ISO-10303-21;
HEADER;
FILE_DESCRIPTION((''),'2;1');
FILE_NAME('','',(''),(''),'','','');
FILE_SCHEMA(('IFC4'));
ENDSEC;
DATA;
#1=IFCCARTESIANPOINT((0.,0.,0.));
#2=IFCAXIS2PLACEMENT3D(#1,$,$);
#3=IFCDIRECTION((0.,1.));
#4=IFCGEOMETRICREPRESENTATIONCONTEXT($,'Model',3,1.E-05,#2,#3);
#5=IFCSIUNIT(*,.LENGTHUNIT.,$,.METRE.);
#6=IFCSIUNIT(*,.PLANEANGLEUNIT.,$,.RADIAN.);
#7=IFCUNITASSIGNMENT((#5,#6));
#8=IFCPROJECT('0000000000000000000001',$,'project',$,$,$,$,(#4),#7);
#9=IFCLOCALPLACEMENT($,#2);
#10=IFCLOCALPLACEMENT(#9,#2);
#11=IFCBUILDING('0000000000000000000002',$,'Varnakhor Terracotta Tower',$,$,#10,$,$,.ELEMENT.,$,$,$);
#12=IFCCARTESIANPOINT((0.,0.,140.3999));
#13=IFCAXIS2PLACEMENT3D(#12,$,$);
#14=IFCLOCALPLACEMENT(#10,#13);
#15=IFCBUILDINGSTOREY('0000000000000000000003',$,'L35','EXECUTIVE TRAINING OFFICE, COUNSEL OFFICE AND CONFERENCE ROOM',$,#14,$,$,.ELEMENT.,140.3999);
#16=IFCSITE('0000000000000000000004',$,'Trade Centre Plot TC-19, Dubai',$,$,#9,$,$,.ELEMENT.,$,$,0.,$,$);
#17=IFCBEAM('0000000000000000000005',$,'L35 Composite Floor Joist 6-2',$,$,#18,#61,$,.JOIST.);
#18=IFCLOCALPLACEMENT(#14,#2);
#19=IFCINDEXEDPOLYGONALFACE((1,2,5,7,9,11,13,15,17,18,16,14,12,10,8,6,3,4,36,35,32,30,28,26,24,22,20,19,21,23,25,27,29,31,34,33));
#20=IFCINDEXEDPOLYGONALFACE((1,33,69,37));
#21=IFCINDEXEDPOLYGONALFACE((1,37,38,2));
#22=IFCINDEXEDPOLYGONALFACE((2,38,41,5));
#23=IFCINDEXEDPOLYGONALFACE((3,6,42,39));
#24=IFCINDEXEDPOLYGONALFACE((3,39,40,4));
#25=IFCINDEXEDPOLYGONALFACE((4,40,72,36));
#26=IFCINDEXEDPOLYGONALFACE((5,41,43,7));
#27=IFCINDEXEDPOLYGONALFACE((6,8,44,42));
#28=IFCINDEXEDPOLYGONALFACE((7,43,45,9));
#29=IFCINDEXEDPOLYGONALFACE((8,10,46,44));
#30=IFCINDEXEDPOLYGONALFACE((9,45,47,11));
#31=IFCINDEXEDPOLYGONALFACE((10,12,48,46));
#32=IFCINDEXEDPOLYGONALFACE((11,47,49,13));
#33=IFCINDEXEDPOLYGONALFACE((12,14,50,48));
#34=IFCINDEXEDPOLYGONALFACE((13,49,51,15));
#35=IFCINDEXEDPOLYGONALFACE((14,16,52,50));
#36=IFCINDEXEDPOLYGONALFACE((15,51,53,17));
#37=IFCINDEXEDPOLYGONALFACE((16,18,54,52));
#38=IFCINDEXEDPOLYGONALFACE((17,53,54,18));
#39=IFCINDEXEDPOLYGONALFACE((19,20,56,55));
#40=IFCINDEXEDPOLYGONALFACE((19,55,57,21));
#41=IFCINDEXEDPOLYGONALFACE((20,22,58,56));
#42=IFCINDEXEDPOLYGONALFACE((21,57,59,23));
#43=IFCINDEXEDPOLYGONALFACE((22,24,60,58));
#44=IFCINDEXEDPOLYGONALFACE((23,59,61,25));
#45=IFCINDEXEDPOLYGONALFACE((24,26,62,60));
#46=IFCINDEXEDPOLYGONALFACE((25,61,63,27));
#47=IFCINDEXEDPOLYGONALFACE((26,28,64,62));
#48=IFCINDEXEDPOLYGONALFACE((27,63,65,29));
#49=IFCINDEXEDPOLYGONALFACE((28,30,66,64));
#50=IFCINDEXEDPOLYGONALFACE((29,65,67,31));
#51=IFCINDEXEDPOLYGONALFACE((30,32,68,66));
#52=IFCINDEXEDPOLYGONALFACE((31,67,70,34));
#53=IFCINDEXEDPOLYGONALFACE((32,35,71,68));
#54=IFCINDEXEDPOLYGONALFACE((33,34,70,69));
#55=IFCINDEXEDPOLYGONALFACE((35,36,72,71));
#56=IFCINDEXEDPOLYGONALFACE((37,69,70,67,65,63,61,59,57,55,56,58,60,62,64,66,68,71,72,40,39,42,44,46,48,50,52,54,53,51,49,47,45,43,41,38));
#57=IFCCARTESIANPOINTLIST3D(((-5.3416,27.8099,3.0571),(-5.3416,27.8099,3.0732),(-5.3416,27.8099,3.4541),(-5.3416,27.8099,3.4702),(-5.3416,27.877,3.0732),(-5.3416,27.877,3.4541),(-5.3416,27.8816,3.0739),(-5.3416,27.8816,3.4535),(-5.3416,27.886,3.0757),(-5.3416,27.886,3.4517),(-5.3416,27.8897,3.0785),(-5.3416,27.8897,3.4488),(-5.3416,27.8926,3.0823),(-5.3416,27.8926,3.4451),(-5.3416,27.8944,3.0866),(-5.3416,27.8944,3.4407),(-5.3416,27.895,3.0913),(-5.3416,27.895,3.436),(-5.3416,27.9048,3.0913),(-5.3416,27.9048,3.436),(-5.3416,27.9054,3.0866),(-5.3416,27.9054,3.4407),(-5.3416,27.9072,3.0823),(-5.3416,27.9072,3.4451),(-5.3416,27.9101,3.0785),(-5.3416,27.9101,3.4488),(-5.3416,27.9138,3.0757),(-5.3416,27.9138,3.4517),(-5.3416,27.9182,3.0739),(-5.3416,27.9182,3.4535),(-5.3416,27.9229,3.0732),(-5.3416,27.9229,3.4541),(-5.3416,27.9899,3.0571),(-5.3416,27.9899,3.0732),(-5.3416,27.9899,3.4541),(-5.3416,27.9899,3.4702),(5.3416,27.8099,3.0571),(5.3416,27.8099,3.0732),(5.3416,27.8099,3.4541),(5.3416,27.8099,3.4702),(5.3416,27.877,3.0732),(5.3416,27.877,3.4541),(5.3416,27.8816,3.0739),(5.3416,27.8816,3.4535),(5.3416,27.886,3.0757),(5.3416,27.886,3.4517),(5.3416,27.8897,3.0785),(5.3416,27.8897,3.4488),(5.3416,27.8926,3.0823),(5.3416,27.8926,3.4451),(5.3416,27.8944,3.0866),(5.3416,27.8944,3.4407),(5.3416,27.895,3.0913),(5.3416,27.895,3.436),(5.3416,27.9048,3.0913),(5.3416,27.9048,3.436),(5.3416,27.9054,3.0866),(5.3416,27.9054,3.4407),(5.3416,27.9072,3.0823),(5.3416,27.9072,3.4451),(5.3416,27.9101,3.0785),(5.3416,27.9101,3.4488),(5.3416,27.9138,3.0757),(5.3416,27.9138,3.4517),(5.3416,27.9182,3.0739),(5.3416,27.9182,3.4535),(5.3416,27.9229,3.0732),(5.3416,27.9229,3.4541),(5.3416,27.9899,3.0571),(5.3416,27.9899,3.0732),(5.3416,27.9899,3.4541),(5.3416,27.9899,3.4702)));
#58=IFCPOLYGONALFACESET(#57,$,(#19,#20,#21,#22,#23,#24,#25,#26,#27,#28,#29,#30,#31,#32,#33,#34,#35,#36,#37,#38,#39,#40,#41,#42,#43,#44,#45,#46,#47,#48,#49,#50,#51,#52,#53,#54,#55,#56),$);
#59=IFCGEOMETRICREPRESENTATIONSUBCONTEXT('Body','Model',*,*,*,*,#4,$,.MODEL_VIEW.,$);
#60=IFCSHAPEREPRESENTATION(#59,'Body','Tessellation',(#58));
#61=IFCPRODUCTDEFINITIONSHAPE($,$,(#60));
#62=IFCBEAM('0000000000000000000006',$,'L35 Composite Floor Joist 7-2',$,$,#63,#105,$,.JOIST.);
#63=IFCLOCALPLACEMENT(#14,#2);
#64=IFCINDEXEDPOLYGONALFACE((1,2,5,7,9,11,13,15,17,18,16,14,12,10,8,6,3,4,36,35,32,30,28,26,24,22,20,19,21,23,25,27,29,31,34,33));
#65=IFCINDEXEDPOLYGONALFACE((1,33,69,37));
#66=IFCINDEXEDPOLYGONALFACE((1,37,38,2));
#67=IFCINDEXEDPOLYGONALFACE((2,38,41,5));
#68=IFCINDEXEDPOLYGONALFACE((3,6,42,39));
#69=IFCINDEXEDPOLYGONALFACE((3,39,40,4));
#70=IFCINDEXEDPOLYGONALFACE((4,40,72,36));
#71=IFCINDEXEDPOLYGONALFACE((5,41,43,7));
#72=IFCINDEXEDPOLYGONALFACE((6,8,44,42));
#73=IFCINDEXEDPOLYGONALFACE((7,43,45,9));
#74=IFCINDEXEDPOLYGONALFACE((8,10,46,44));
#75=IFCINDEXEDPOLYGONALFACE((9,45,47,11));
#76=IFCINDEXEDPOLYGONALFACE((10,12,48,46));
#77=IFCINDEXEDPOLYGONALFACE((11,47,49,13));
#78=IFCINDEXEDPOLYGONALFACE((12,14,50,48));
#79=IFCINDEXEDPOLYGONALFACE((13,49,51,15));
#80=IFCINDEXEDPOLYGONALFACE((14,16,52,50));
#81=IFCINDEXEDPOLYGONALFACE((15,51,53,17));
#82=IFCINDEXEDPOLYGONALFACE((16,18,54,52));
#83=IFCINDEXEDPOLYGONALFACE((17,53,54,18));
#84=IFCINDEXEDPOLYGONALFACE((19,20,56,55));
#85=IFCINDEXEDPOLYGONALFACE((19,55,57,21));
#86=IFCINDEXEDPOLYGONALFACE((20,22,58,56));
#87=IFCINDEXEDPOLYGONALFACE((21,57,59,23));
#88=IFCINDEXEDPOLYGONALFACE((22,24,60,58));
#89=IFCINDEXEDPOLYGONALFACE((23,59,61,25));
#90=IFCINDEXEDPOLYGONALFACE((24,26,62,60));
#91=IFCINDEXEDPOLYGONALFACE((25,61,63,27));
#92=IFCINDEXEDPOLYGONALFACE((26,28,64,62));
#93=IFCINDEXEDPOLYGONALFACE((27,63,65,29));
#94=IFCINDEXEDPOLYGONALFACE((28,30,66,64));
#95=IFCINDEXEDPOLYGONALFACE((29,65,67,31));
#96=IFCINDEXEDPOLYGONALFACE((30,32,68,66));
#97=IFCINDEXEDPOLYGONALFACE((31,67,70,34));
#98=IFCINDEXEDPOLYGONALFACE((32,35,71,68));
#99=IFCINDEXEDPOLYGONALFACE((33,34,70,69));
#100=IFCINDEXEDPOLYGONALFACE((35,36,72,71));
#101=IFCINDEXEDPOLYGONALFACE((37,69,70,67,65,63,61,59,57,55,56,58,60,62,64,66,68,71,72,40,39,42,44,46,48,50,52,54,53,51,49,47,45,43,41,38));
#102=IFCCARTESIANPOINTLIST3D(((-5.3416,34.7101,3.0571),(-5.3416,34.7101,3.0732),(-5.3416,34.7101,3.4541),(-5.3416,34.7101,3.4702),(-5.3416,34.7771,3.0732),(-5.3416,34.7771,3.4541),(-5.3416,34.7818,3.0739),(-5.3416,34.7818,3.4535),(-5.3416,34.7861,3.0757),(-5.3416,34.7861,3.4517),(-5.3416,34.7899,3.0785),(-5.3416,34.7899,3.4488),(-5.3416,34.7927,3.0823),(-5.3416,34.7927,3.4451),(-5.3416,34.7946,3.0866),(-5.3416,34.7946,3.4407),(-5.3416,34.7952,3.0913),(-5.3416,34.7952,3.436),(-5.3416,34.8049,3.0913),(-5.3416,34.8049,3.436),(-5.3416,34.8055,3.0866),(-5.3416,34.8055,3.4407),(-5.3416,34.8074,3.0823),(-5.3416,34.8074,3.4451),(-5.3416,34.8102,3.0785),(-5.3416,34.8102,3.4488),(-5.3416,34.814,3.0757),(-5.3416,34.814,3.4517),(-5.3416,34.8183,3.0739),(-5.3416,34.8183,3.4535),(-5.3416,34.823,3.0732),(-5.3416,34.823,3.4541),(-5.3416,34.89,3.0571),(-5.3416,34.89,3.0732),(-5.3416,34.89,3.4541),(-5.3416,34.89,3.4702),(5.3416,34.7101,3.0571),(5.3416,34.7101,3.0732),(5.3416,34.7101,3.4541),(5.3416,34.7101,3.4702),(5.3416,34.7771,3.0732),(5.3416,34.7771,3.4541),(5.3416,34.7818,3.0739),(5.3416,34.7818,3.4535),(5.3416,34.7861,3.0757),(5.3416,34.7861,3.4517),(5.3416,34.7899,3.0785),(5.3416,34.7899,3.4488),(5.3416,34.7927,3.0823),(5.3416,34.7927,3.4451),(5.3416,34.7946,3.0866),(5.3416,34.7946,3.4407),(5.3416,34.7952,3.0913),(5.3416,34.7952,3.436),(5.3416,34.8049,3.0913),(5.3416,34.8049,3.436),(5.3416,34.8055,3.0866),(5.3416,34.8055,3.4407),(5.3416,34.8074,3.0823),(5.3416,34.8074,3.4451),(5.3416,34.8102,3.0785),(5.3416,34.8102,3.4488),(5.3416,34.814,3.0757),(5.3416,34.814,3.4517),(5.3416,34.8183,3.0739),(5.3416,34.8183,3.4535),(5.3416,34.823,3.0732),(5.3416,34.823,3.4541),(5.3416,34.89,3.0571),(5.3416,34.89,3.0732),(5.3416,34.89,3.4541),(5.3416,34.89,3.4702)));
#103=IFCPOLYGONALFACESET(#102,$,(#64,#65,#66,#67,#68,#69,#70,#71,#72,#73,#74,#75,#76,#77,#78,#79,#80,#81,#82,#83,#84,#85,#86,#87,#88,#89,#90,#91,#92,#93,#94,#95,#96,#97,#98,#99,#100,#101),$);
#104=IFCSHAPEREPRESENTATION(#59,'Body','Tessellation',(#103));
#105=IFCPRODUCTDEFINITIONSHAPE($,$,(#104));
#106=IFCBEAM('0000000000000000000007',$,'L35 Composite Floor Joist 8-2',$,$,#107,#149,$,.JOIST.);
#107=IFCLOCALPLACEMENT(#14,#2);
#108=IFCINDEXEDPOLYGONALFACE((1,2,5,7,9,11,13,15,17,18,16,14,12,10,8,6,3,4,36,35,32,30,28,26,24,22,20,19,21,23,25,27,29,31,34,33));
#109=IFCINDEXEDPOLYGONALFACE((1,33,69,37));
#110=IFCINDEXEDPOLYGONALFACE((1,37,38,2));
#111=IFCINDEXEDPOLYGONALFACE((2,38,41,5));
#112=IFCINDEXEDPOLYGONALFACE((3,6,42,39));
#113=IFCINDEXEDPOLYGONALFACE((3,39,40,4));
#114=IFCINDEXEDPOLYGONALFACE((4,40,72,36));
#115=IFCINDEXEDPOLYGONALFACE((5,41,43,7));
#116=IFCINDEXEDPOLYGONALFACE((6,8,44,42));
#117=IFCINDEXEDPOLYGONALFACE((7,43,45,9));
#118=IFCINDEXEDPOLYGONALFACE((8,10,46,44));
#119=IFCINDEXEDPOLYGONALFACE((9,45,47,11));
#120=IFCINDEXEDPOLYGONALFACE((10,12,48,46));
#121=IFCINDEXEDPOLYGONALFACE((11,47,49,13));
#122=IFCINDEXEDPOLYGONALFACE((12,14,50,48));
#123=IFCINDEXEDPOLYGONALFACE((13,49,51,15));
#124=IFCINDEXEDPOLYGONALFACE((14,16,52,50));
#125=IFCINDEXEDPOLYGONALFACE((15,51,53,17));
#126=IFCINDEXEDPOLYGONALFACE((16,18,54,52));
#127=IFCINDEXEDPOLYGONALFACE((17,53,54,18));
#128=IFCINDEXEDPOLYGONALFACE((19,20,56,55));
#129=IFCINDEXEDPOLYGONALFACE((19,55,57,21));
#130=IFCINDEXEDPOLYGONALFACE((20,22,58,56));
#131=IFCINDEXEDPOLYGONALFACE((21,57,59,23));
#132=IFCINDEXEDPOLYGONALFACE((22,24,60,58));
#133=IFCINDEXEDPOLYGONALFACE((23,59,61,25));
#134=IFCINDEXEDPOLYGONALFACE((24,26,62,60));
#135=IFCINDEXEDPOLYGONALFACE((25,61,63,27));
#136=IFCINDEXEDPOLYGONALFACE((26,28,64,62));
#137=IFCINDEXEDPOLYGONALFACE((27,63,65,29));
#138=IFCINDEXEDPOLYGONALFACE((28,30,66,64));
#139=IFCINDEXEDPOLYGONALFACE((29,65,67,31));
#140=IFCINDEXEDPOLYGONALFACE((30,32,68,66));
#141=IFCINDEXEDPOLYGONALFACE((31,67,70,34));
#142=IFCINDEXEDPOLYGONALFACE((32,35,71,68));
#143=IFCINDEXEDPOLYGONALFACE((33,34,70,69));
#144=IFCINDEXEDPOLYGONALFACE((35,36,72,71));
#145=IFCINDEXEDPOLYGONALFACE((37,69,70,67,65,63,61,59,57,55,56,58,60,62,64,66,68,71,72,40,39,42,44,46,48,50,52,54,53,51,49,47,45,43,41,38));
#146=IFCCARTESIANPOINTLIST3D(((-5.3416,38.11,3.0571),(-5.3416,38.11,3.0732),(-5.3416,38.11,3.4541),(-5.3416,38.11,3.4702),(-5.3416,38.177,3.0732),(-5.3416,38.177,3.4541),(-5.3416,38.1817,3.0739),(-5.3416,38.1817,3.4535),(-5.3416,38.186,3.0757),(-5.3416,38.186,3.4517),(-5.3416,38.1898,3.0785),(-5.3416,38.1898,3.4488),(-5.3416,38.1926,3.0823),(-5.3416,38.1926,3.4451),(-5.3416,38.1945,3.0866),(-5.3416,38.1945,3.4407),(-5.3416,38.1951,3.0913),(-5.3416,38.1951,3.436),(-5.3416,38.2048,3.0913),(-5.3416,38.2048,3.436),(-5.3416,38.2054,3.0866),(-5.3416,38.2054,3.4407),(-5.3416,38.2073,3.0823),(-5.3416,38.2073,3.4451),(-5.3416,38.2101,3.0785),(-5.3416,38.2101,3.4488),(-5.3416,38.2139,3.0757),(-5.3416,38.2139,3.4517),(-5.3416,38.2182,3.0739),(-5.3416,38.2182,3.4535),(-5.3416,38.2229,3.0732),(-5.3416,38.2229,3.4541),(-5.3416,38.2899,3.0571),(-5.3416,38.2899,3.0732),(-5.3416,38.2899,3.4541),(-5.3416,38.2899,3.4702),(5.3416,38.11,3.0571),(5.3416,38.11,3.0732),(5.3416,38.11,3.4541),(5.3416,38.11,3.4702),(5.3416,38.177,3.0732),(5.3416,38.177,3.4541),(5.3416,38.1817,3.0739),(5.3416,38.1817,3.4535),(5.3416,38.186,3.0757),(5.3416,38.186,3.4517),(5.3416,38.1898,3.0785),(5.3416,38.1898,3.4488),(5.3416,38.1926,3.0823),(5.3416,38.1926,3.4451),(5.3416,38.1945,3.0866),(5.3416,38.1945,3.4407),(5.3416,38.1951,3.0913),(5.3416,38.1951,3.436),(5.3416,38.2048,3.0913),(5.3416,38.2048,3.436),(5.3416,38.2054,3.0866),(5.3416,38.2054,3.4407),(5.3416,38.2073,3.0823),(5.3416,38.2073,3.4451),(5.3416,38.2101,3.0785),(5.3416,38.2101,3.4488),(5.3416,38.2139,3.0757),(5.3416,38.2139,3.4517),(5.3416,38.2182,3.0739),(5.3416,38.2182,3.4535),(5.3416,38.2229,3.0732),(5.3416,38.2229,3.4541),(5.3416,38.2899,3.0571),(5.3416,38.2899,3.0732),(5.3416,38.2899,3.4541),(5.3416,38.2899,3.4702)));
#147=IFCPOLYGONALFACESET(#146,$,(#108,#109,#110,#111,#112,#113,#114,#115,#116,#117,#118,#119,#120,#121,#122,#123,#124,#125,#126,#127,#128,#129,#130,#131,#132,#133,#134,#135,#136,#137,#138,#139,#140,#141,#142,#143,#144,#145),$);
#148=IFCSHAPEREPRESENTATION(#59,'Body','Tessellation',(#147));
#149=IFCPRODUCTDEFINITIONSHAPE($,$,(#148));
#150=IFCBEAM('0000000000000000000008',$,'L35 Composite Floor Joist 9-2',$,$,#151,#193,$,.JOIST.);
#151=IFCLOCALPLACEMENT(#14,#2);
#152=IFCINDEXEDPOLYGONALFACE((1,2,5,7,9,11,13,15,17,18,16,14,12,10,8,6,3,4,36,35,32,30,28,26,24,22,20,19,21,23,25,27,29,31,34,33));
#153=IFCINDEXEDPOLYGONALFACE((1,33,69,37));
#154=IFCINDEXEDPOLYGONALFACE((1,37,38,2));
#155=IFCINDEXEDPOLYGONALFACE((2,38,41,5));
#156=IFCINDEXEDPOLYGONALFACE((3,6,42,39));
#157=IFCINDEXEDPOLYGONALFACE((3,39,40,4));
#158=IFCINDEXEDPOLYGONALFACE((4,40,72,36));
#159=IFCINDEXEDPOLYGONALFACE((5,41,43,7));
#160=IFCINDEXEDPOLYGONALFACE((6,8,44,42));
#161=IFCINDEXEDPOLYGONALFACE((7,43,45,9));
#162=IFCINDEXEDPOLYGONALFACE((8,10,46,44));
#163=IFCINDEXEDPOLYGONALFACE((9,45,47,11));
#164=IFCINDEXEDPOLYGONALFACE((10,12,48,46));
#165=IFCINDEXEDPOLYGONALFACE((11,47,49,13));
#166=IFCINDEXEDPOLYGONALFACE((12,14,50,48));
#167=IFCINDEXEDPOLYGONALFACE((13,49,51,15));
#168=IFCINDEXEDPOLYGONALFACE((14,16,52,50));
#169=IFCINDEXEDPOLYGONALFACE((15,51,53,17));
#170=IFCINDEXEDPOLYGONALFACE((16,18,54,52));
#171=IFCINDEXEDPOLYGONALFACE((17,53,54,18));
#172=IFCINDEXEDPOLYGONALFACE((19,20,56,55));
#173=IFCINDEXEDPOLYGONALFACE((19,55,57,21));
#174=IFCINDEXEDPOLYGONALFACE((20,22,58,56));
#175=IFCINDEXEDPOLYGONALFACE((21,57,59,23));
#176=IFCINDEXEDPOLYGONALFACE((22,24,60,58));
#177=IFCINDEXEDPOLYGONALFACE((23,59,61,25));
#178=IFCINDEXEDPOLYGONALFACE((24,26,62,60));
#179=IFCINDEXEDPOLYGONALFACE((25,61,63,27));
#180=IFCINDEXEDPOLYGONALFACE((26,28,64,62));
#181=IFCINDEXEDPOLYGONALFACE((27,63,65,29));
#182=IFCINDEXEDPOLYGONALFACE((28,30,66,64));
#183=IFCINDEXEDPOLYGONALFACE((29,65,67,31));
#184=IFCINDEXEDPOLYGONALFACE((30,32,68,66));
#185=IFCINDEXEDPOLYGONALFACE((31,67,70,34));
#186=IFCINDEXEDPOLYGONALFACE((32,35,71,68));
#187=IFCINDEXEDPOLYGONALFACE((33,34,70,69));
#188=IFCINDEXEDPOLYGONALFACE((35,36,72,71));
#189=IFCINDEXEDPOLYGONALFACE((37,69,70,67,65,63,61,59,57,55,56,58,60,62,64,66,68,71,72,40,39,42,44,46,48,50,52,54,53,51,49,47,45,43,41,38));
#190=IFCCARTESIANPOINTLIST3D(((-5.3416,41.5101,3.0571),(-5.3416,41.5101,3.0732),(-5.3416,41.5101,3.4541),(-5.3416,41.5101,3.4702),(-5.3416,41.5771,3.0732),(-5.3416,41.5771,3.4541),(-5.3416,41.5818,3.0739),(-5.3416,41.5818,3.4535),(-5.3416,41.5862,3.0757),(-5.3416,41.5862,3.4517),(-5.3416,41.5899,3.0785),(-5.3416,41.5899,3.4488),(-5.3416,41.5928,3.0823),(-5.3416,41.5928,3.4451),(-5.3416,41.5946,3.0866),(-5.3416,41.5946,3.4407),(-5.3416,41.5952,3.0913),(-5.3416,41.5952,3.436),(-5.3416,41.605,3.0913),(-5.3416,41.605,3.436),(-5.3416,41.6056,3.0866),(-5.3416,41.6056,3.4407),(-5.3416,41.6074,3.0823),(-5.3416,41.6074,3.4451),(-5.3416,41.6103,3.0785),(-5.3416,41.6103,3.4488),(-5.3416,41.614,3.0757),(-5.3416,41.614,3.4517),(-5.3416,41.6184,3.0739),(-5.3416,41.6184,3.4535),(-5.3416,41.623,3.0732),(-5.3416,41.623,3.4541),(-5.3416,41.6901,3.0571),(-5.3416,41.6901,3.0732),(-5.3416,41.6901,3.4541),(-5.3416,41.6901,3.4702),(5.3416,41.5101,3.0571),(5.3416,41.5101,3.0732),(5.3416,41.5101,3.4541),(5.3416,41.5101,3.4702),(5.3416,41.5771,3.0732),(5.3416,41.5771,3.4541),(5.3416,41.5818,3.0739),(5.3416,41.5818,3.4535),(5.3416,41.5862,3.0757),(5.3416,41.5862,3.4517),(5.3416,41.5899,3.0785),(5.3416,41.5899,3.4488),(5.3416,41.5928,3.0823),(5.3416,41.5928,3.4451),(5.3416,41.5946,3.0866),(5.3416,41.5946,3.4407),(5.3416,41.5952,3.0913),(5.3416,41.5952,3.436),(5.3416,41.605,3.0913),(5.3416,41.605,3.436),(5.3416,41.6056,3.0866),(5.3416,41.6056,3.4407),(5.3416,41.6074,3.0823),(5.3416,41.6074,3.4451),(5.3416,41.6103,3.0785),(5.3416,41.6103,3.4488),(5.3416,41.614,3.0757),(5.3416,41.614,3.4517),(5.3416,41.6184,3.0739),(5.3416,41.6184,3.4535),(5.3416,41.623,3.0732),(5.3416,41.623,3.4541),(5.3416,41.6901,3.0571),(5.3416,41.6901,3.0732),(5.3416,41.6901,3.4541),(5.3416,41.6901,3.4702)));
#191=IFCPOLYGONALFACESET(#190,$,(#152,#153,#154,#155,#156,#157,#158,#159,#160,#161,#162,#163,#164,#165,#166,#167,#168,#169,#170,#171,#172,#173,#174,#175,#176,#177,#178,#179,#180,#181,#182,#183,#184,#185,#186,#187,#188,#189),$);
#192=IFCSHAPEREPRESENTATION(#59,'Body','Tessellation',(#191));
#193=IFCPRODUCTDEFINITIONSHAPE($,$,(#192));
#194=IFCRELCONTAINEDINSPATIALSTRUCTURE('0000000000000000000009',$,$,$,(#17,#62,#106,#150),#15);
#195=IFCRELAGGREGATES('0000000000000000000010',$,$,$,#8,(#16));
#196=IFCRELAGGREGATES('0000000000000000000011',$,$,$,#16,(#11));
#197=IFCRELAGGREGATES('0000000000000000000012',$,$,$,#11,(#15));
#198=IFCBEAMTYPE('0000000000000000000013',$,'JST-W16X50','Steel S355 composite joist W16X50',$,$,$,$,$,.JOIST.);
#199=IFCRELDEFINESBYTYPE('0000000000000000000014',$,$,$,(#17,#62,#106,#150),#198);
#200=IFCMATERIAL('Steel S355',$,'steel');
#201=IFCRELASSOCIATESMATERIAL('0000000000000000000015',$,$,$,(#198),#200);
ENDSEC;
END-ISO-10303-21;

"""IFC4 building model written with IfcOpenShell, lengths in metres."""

from ifc_helpers import new_model, si_unit, direction, frame, origin, origin_2d, place, context, subcontext, project, spatial, i_section, extrude, source, transform, mapped, material, material_profile, profile_set, type_object, element, save


model = new_model("IFC4")

# Units and contexts
model_context = context("Model", 3, precision=1e-05, world=origin(), true_north=direction((0.0, 1.0)))
body_context = subcontext(model_context, "Body", "Model", "MODEL_VIEW")
ifc_project = project(units=[si_unit("LENGTHUNIT", "METRE"), si_unit("PLANEANGLEUNIT", "RADIAN")], contexts=[model_context])

# Site, building, storey
site_placement = place(None, origin())
site = spatial("IfcSite", under=ifc_project, at=site_placement, Name="Trade Centre Plot TC-19, Dubai", CompositionType="ELEMENT", RefElevation=0.0)
building_placement = place(site_placement, origin())
building = spatial("IfcBuilding", under=site, at=building_placement, Name="Varnakhor Terracotta Tower", CompositionType="ELEMENT")
storey_placement = place(building_placement, frame((0.0, 0.0, 140.3999)))
storey = spatial("IfcBuildingStorey", under=building, at=storey_placement, Name="L35", Description="EXECUTIVE TRAINING OFFICE, COUNSEL OFFICE AND CONFERENCE ROOM", CompositionType="ELEMENT", Elevation=140.3999)

# Beams
ifc_material_1 = material(Name="Steel S355", Category="steel")
ifc_material_profile_1 = material_profile(ifc_material_1, i_section(OverallWidth=0.1799, OverallDepth=0.4131, WebThickness=0.0098, FlangeThickness=0.0161, FilletRadius=0.0181, at=origin_2d()), Name="W16X50")
ifc_profile_set_1 = profile_set([ifc_material_profile_1], Name="Steel S355")
beam_type_1 = type_object("IfcBeamType", Name="JST-W16X50", Description="Steel S355 composite joist W16X50", PredefinedType="JOIST", material=ifc_profile_set_1)
shared_shape_1 = source(origin(), body_context, "Body", "SweptSolid", [
    extrude(i_section(OverallWidth=0.1799, OverallDepth=0.4131, WebThickness=0.0098, FlangeThickness=0.0161, FilletRadius=0.0181, at=origin_2d()), origin(), (0.0, 0.0, 1.0), 10.6831),
])
for number, where, z_axis, x_axis, name in (
    (1, (-5.3416, 27.8999, 3.2637), (1.0, 0.0, 0.0), (0.0, 1.0, 0.0), "L35 Composite Floor Joist 6-2"),
    (2, (-5.3416, 34.8, 3.2637), (1.0, 0.0, 0.0), (0.0, 1.0, 0.0), "L35 Composite Floor Joist 7-2"),
    (3, (-5.3416, 38.2, 3.2637), (1.0, 0.0, 0.0), (0.0, 1.0, 0.0), "L35 Composite Floor Joist 8-2"),
    (4, (-5.3416, 41.6001, 3.2637), (1.0, 0.0, 0.0), (0.0, 1.0, 0.0), "L35 Composite Floor Joist 9-2"),
):
    element("IfcBeam", number, at=place(storey_placement, frame(where, z_axis=z_axis, x_axis=x_axis)), inside=storey, type_object=beam_type_1, Name=name, PredefinedType="JOIST", context=body_context, shape_type="MappedRepresentation", body=[
        mapped(shared_shape_1, transform((0.0, 0.0, 0.0), scale=1.0)),
    ])

save(model, "model.ifc")
